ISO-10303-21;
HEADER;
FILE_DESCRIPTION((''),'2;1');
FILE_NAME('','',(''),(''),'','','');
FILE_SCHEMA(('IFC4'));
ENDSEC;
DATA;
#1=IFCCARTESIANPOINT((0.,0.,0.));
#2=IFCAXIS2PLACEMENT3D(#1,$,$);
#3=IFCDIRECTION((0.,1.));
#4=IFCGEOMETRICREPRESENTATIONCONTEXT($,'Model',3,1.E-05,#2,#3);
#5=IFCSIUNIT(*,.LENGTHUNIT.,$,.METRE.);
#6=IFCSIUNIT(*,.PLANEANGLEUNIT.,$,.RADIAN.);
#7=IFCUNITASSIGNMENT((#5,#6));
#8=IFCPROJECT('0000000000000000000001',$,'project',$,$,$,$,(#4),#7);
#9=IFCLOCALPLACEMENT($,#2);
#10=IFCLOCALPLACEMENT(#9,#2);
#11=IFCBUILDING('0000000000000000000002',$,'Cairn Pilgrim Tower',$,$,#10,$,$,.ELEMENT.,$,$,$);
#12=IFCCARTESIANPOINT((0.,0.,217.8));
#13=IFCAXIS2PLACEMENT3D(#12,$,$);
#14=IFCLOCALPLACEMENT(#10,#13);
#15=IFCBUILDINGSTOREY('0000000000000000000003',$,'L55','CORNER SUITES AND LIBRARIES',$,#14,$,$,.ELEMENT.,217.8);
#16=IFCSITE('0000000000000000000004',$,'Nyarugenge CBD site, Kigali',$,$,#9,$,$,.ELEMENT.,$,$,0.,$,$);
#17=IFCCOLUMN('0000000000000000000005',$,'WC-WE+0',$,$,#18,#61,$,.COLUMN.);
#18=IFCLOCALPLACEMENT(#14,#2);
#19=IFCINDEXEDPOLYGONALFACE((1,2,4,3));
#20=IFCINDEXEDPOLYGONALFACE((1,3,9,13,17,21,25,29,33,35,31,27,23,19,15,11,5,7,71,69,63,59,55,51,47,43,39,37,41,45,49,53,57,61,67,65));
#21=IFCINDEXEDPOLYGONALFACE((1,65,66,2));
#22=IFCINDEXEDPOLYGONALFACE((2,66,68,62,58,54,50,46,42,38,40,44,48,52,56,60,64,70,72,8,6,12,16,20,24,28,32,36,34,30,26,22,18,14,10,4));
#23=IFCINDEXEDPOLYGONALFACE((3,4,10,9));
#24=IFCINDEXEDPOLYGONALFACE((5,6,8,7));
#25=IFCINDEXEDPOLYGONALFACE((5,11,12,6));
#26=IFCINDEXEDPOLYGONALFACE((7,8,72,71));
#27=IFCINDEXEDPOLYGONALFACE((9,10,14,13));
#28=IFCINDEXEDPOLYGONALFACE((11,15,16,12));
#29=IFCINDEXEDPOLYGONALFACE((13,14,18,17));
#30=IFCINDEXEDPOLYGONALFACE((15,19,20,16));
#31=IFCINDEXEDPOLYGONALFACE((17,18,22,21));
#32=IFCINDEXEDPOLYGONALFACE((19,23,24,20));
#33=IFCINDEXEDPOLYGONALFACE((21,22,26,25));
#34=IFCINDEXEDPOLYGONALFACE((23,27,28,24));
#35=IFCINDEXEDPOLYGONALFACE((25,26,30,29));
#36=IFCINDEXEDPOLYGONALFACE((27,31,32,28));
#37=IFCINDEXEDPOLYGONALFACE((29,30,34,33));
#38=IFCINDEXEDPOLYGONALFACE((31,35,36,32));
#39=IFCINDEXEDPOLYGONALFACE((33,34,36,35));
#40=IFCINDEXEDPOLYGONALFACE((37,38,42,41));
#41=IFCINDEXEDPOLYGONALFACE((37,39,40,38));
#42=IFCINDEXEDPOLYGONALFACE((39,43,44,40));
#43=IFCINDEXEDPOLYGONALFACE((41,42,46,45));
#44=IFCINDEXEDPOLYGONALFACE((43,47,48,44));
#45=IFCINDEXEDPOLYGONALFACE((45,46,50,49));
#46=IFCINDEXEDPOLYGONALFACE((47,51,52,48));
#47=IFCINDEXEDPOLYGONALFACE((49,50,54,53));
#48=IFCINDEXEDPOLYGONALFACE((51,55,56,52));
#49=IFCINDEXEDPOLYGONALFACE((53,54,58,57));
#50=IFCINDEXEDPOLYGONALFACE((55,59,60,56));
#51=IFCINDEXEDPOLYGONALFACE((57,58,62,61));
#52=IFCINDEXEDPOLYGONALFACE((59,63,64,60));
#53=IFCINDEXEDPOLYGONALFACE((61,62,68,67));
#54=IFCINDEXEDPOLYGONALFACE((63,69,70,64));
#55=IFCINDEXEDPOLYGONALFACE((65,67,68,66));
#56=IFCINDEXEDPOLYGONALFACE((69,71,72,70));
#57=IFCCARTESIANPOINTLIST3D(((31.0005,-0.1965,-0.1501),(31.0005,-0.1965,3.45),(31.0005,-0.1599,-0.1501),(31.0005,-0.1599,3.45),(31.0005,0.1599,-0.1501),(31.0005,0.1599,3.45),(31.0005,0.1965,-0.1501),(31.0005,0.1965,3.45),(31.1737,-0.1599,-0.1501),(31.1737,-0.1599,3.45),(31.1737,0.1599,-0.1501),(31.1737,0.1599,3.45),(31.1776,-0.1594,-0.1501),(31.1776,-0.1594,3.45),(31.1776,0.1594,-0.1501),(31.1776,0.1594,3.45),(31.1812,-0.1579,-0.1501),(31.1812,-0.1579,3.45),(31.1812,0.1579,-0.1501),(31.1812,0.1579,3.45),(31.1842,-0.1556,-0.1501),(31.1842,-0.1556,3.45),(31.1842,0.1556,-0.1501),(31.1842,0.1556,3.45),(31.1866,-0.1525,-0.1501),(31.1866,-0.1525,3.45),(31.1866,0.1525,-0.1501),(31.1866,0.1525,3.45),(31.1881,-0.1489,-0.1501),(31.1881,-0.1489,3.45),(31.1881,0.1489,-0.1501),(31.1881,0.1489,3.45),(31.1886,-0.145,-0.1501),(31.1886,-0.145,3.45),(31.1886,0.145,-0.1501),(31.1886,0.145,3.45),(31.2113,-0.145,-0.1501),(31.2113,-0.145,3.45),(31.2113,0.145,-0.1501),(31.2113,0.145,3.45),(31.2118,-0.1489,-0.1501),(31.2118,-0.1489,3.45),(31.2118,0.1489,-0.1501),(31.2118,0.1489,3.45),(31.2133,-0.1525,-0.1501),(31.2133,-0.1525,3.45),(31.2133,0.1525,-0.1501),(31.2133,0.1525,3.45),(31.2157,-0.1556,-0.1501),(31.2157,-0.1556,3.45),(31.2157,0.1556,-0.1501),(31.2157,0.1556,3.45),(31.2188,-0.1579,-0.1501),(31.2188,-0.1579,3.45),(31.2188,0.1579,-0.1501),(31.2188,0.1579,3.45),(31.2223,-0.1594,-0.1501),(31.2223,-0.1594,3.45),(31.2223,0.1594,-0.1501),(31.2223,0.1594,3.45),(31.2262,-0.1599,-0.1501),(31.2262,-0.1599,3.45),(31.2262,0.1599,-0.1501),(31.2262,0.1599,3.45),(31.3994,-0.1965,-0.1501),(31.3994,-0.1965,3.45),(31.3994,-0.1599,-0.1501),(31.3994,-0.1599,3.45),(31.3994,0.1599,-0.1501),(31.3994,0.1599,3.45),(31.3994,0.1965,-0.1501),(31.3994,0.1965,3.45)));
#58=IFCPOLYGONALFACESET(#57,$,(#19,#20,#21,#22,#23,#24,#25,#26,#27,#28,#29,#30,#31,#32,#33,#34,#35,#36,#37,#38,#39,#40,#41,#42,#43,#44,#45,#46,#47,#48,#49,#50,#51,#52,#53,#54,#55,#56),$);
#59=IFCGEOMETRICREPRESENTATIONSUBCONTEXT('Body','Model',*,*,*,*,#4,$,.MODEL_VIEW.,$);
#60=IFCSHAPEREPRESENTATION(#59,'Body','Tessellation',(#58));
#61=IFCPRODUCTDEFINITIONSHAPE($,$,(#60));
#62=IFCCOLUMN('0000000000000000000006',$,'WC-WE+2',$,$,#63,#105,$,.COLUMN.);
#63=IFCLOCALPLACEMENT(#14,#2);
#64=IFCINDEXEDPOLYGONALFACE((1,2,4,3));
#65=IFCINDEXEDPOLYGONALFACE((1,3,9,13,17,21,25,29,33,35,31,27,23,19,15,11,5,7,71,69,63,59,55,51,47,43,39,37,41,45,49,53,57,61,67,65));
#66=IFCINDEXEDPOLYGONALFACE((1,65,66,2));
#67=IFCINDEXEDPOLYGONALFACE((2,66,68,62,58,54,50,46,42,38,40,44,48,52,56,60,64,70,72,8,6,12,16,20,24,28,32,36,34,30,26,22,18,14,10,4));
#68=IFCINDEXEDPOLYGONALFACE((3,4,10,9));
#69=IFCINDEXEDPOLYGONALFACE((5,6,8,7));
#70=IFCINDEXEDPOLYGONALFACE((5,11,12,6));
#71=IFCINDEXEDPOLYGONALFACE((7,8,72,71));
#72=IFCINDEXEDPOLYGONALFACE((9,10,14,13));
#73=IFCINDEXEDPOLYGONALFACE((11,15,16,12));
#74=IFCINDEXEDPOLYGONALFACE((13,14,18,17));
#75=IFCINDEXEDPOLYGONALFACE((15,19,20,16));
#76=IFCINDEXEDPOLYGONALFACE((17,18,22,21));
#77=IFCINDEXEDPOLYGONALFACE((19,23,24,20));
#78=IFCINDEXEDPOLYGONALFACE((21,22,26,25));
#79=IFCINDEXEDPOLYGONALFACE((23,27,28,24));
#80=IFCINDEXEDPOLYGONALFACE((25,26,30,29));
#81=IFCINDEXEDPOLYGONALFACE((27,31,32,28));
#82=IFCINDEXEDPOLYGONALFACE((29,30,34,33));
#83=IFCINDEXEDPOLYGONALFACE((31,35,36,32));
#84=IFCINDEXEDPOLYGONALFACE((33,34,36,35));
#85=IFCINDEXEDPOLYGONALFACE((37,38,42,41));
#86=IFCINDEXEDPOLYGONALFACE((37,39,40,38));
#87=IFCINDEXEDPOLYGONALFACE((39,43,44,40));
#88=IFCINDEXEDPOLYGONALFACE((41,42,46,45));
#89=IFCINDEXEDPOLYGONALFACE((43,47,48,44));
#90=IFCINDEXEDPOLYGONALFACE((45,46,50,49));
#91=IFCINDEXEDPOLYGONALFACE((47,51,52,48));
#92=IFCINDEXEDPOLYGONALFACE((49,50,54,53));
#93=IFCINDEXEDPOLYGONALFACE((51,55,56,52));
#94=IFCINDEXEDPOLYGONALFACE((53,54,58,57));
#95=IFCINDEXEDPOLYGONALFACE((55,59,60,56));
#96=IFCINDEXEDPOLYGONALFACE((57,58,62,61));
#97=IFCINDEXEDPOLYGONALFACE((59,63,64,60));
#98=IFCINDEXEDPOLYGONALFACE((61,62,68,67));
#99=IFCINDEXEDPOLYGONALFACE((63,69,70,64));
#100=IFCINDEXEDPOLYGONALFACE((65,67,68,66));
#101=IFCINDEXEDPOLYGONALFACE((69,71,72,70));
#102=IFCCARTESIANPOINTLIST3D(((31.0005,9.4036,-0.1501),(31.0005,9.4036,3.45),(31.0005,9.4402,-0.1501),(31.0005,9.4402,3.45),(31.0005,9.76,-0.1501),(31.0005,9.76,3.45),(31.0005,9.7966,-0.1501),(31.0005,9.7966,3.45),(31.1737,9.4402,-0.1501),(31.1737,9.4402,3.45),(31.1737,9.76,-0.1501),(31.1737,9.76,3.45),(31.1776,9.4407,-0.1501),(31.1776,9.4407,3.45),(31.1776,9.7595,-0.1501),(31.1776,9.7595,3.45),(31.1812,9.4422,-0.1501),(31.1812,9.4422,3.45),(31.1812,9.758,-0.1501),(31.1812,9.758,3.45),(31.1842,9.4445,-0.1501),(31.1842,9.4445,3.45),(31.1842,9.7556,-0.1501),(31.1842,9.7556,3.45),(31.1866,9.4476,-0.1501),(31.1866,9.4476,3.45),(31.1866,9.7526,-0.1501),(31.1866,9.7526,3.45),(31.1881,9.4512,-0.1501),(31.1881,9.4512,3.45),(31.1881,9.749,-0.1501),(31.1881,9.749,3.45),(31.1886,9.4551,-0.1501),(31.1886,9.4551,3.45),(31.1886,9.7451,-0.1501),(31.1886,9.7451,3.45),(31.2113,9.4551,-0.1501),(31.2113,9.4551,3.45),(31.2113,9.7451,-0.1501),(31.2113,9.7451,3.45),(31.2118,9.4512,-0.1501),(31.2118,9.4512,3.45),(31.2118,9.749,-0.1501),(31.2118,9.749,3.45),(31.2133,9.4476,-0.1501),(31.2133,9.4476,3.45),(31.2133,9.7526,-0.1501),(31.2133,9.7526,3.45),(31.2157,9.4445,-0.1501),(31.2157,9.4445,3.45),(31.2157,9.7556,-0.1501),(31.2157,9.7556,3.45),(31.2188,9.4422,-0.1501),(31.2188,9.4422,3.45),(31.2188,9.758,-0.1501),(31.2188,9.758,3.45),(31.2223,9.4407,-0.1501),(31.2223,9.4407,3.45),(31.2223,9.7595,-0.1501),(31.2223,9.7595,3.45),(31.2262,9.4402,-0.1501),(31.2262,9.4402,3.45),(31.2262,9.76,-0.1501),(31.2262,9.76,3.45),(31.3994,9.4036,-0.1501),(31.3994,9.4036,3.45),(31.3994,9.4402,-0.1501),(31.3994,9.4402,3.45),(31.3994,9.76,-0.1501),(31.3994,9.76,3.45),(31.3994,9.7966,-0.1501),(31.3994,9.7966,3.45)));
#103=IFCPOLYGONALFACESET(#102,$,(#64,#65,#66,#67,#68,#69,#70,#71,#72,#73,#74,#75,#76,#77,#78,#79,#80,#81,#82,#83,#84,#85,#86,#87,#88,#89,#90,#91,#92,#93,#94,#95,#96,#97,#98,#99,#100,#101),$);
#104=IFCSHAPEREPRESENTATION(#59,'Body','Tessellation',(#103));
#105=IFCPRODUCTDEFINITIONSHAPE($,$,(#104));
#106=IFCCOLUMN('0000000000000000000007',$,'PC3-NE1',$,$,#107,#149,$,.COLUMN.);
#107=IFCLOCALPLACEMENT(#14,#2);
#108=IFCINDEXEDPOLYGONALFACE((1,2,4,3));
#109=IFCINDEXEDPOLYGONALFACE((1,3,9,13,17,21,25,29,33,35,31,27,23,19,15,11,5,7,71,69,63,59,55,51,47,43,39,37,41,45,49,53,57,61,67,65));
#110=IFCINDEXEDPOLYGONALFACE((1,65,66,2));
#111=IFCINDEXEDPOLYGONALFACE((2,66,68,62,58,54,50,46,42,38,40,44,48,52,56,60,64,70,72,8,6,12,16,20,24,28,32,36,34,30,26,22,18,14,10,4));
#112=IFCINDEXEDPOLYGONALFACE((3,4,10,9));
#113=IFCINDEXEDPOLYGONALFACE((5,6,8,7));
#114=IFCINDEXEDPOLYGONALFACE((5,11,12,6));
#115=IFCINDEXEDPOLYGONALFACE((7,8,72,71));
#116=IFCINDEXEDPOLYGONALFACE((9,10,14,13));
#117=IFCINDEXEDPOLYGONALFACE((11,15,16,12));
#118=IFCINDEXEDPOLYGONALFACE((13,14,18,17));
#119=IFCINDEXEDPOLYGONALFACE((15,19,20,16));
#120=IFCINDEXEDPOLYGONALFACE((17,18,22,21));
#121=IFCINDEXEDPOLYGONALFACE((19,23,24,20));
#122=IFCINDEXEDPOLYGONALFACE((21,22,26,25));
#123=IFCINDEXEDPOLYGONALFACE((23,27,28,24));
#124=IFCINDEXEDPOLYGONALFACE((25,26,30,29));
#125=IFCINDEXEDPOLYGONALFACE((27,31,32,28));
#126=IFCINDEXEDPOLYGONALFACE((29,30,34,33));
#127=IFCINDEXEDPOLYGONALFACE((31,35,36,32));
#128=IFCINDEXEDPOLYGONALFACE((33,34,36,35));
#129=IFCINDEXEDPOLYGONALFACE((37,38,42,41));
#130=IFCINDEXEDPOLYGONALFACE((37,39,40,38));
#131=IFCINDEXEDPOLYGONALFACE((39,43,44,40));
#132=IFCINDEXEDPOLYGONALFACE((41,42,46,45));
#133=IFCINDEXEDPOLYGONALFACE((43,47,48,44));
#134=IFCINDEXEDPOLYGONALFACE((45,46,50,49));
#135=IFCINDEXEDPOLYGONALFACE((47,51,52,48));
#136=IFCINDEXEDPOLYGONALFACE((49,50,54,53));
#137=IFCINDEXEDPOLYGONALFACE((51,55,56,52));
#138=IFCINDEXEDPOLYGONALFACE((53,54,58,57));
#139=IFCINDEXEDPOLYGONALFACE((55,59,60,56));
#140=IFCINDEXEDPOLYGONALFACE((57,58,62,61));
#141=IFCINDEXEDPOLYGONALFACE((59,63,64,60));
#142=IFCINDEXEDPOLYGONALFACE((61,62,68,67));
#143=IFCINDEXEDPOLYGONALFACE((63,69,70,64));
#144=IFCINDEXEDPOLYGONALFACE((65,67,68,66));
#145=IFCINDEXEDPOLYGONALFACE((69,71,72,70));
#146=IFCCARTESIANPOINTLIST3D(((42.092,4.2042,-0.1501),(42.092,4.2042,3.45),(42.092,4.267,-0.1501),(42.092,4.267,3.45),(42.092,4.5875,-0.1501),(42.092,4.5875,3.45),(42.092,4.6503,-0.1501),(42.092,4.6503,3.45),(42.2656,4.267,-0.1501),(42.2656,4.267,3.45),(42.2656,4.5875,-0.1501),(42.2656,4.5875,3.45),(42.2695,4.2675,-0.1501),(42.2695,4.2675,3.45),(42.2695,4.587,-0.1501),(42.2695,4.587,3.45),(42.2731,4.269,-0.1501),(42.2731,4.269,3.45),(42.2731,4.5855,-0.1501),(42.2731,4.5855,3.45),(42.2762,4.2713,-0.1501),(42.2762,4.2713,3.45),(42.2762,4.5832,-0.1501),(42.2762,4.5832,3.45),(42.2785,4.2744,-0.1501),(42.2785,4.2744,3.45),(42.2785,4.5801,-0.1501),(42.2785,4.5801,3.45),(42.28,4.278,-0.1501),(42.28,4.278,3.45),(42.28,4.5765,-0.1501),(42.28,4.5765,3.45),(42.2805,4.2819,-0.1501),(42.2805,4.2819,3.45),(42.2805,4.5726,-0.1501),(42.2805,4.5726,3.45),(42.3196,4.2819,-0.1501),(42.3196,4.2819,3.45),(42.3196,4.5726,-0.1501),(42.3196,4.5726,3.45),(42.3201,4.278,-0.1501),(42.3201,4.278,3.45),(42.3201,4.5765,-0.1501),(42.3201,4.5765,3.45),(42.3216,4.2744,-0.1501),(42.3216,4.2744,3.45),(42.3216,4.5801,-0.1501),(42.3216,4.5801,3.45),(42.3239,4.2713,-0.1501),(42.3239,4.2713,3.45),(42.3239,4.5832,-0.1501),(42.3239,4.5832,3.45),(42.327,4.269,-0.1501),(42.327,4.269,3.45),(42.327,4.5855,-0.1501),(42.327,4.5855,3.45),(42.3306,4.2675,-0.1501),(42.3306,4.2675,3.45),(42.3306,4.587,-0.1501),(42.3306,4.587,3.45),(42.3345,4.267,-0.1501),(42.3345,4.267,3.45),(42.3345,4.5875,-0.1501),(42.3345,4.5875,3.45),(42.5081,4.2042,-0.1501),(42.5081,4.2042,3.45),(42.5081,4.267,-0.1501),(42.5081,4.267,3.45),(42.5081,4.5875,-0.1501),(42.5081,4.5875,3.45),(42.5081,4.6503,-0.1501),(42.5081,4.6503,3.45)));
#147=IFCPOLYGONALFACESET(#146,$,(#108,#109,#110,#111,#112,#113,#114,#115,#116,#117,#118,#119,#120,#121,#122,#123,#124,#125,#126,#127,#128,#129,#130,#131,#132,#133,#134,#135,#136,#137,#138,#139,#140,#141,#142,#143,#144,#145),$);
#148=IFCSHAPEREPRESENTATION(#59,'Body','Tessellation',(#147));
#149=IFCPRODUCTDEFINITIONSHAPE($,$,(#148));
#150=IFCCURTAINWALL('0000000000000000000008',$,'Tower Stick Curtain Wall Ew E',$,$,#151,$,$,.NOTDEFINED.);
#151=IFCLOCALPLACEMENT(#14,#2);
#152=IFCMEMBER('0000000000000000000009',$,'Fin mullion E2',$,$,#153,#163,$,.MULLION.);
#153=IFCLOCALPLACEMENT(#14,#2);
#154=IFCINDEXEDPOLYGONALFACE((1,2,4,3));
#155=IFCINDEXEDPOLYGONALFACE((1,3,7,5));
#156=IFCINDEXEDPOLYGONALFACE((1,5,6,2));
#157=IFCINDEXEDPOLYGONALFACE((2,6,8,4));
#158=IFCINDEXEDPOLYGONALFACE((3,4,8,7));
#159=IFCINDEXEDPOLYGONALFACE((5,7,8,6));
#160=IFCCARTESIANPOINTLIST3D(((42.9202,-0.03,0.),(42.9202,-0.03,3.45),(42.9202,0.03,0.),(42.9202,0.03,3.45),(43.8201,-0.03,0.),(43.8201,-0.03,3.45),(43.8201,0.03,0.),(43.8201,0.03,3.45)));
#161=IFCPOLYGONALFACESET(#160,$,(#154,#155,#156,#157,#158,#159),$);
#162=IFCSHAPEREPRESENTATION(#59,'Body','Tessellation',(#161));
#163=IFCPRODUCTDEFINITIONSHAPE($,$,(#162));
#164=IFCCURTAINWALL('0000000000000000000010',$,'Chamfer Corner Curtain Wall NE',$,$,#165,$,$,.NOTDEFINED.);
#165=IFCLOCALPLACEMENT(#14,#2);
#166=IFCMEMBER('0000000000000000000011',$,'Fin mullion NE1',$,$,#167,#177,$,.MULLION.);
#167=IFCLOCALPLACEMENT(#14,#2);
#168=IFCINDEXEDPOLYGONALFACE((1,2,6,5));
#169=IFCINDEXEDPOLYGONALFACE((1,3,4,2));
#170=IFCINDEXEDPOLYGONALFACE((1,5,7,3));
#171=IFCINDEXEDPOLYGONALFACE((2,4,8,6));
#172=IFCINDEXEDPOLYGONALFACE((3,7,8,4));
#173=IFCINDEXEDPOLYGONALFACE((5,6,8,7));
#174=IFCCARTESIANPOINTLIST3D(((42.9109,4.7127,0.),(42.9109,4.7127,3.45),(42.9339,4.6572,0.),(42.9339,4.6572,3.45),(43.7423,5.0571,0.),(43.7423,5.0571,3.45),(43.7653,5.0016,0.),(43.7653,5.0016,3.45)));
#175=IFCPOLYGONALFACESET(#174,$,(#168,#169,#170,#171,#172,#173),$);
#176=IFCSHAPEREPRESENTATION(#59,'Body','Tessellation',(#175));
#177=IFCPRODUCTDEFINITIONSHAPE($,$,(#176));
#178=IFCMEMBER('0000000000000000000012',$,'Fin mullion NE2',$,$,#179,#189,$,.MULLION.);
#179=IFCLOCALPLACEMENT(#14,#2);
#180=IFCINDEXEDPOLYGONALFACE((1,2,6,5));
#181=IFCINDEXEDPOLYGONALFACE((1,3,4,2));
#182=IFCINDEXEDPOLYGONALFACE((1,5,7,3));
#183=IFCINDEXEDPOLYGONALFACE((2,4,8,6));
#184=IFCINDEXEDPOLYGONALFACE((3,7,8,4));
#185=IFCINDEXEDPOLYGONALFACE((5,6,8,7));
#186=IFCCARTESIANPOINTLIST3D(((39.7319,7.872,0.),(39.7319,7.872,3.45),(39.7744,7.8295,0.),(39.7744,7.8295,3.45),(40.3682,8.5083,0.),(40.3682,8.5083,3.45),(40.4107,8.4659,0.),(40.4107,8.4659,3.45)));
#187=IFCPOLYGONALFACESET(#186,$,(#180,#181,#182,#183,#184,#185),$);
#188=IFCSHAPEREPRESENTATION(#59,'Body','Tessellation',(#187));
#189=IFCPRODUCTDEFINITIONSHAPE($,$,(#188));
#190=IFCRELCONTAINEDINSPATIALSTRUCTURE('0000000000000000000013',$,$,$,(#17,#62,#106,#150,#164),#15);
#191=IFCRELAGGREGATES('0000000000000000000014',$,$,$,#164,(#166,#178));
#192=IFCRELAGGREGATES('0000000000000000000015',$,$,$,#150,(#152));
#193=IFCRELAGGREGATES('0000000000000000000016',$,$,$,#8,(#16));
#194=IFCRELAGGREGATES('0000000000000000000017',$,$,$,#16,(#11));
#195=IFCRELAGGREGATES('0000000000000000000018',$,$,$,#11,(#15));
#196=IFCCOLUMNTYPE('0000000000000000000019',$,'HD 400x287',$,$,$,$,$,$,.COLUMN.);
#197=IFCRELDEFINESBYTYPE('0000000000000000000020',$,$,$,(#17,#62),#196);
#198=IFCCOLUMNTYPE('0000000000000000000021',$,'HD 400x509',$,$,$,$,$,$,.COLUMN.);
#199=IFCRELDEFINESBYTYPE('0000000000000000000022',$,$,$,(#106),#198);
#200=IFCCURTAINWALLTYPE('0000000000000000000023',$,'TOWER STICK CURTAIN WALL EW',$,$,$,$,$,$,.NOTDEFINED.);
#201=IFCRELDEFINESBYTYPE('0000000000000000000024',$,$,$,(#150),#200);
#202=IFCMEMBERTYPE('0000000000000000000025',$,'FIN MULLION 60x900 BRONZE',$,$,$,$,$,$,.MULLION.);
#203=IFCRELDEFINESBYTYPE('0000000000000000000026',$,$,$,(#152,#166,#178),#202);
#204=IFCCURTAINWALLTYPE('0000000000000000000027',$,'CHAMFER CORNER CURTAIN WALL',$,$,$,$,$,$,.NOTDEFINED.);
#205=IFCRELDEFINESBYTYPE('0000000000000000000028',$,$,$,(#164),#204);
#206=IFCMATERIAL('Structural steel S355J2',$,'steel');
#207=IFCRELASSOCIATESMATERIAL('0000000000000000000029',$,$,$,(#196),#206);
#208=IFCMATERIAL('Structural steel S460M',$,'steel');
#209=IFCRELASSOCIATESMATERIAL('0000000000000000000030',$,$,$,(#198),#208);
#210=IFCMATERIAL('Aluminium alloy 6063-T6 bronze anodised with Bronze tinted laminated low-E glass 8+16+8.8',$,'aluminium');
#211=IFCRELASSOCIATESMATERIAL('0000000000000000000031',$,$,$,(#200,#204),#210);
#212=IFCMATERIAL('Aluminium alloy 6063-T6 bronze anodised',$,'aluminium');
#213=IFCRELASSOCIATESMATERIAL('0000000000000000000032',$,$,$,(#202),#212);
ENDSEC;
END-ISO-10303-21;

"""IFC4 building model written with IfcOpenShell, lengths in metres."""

from ifc_helpers import new_model, si_unit, direction, frame, origin, origin_2d, place, context, subcontext, project, spatial, rectangle, i_section, extrude, material, material_profile, profile_set, type_object, element, aggregate, save


model = new_model("IFC4")

# Units and contexts
model_context = context("Model", 3, precision=1e-05, world=origin(), true_north=direction((0.0, 1.0)))
body_context = subcontext(model_context, "Body", "Model", "MODEL_VIEW")
ifc_project = project(units=[si_unit("LENGTHUNIT", "METRE"), si_unit("PLANEANGLEUNIT", "RADIAN")], contexts=[model_context])

# Site, building, storey
site_placement = place(None, origin())
site = spatial("IfcSite", under=ifc_project, at=site_placement, Name="Nyarugenge CBD site, Kigali", CompositionType="ELEMENT", RefElevation=0.0)
building_placement = place(site_placement, origin())
building = spatial("IfcBuilding", under=site, at=building_placement, Name="Cairn Pilgrim Tower", CompositionType="ELEMENT")
storey_placement = place(building_placement, frame((0.0, 0.0, 217.8)))
storey = spatial("IfcBuildingStorey", under=building, at=storey_placement, Name="L55", Description="CORNER SUITES AND LIBRARIES", CompositionType="ELEMENT", Elevation=217.8)

# Columns
ifc_material_1 = material(Name="Structural steel S355J2", Category="steel")
ifc_material_profile_1 = material_profile(ifc_material_1, i_section(OverallWidth=0.3989, OverallDepth=0.3931, WebThickness=0.0227, FlangeThickness=0.0366, FilletRadius=0.0149, at=origin_2d()), Name="HD 400x287")
ifc_profile_set_1 = profile_set([ifc_material_profile_1], Name="Structural steel S355J2")
column_type_1 = type_object("IfcColumnType", Name="HD 400x287", PredefinedType="COLUMN", material=ifc_profile_set_1)
for number, where, z_axis, x_axis, name in (
    (1, (31.2, 0.0, -0.1501), (0.0, 0.0, 1.0), (1.0, 0.0, 0.0), "WC-WE+0"),
    (2, (31.2, 9.6001, -0.1501), (0.0, 0.0, 1.0), (1.0, 0.0, 0.0), "WC-WE+2"),
):
    element("IfcColumn", number, at=place(storey_placement, frame(where, z_axis=z_axis, x_axis=x_axis)), inside=storey, type_object=column_type_1, Name=name, PredefinedType="COLUMN", context=body_context, shape_type="SweptSolid", body=[
        extrude(i_section(OverallWidth=0.3989, OverallDepth=0.3931, WebThickness=0.0227, FlangeThickness=0.0366, FilletRadius=0.0149, at=origin_2d()), origin(), (0.0, 0.0, 1.0), 3.6001),
    ])
ifc_material_2 = material(Name="Structural steel S460M", Category="steel")
ifc_material_profile_2 = material_profile(ifc_material_2, i_section(OverallWidth=0.416, OverallDepth=0.446, WebThickness=0.0391, FlangeThickness=0.0627, FilletRadius=0.0149, at=origin_2d()), Name="HD 400x509")
ifc_profile_set_2 = profile_set([ifc_material_profile_2], Name="Structural steel S460M")
column_type_2 = type_object("IfcColumnType", Name="HD 400x509", PredefinedType="COLUMN", material=ifc_profile_set_2)
column_placement = place(storey_placement, frame((42.3, 4.4272, -0.1501), z_axis=(0.0, 0.0, 1.0), x_axis=(1.0, 0.0, 0.0)))
element("IfcColumn", 3, at=column_placement, inside=storey, type_object=column_type_2, Name="PC3-NE1", PredefinedType="COLUMN", context=body_context, shape_type="SweptSolid", body=[
    extrude(i_section(OverallWidth=0.416, OverallDepth=0.446, WebThickness=0.0391, FlangeThickness=0.0627, FilletRadius=0.0149, at=origin_2d()), origin(), (0.0, 0.0, 1.0), 3.6001),
])

# Curtain wall, member
ifc_material_3 = material(Name="Aluminium alloy 6063-T6 bronze anodised with Bronze tinted laminated low-E glass 8+16+8.8", Category="aluminium")
curtain_wall_type_1 = type_object("IfcCurtainWallType", Name="TOWER STICK CURTAIN WALL EW", PredefinedType="NOTDEFINED", material=ifc_material_3)
curtain_wall_1_placement = place(storey_placement, origin())
curtain_wall_1 = element("IfcCurtainWall", 4, at=curtain_wall_1_placement, inside=storey, type_object=curtain_wall_type_1, Name="Tower Stick Curtain Wall Ew E", PredefinedType="NOTDEFINED")
ifc_material_4 = material(Name="Aluminium alloy 6063-T6 bronze anodised", Category="aluminium")
ifc_material_profile_3 = material_profile(ifc_material_4, rectangle(XDim=0.8999, YDim=0.0601, at=origin_2d()), Name="FIN MULLION 60x900 BRONZE")
ifc_profile_set_3 = profile_set([ifc_material_profile_3], Name="Aluminium alloy 6063-T6 bronze anodised")
member_type_1 = type_object("IfcMemberType", Name="FIN MULLION 60x900 BRONZE", PredefinedType="MULLION", material=ifc_profile_set_3)
member_1_placement = place(storey_placement, frame((43.3701, 0.0, 0.0), z_axis=(0.0, 0.0, 1.0), x_axis=(1.0, 0.0, 0.0)))
member_1 = element("IfcMember", 5, at=member_1_placement, type_object=member_type_1, Name="Fin mullion E2", PredefinedType="MULLION", context=body_context, shape_type="SweptSolid", body=[
    extrude(rectangle(XDim=0.8999, YDim=0.0601, at=origin_2d()), origin(), (0.0, 0.0, 1.0), 3.45),
])

# Curtain wall, members
curtain_wall_type_2 = type_object("IfcCurtainWallType", Name="CHAMFER CORNER CURTAIN WALL", PredefinedType="NOTDEFINED", material=ifc_material_3)
curtain_wall_2_placement = place(storey_placement, origin())
curtain_wall_2 = element("IfcCurtainWall", 6, at=curtain_wall_2_placement, inside=storey, type_object=curtain_wall_type_2, Name="Chamfer Corner Curtain Wall NE", PredefinedType="NOTDEFINED")
member_2_placement = place(storey_placement, frame((43.3381, 4.8572, 0.0), z_axis=(0.0, 0.0, 1.0), x_axis=(0.92388, 0.382683, 0.0)))
member_2 = element("IfcMember", 7, at=member_2_placement, type_object=member_type_1, Name="Fin mullion NE1", PredefinedType="MULLION", context=body_context, shape_type="SweptSolid", body=[
    extrude(rectangle(XDim=0.8999, YDim=0.0601, at=origin_2d()), origin(), (0.0, 0.0, 1.0), 3.45),
])
member_3_placement = place(storey_placement, frame((40.0713, 8.1689, 0.0), z_axis=(0.0, 0.0, 1.0), x_axis=(0.707107, 0.707107, 0.0)))
member_3 = element("IfcMember", 8, at=member_3_placement, type_object=member_type_1, Name="Fin mullion NE2", PredefinedType="MULLION", context=body_context, shape_type="SweptSolid", body=[
    extrude(rectangle(XDim=0.8999, YDim=0.0601, at=origin_2d()), origin(), (0.0, 0.0, 1.0), 3.45),
])
aggregate(curtain_wall_2, [member_2, member_3])

aggregate(curtain_wall_1, [member_1])

save(model, "model.ifc")
